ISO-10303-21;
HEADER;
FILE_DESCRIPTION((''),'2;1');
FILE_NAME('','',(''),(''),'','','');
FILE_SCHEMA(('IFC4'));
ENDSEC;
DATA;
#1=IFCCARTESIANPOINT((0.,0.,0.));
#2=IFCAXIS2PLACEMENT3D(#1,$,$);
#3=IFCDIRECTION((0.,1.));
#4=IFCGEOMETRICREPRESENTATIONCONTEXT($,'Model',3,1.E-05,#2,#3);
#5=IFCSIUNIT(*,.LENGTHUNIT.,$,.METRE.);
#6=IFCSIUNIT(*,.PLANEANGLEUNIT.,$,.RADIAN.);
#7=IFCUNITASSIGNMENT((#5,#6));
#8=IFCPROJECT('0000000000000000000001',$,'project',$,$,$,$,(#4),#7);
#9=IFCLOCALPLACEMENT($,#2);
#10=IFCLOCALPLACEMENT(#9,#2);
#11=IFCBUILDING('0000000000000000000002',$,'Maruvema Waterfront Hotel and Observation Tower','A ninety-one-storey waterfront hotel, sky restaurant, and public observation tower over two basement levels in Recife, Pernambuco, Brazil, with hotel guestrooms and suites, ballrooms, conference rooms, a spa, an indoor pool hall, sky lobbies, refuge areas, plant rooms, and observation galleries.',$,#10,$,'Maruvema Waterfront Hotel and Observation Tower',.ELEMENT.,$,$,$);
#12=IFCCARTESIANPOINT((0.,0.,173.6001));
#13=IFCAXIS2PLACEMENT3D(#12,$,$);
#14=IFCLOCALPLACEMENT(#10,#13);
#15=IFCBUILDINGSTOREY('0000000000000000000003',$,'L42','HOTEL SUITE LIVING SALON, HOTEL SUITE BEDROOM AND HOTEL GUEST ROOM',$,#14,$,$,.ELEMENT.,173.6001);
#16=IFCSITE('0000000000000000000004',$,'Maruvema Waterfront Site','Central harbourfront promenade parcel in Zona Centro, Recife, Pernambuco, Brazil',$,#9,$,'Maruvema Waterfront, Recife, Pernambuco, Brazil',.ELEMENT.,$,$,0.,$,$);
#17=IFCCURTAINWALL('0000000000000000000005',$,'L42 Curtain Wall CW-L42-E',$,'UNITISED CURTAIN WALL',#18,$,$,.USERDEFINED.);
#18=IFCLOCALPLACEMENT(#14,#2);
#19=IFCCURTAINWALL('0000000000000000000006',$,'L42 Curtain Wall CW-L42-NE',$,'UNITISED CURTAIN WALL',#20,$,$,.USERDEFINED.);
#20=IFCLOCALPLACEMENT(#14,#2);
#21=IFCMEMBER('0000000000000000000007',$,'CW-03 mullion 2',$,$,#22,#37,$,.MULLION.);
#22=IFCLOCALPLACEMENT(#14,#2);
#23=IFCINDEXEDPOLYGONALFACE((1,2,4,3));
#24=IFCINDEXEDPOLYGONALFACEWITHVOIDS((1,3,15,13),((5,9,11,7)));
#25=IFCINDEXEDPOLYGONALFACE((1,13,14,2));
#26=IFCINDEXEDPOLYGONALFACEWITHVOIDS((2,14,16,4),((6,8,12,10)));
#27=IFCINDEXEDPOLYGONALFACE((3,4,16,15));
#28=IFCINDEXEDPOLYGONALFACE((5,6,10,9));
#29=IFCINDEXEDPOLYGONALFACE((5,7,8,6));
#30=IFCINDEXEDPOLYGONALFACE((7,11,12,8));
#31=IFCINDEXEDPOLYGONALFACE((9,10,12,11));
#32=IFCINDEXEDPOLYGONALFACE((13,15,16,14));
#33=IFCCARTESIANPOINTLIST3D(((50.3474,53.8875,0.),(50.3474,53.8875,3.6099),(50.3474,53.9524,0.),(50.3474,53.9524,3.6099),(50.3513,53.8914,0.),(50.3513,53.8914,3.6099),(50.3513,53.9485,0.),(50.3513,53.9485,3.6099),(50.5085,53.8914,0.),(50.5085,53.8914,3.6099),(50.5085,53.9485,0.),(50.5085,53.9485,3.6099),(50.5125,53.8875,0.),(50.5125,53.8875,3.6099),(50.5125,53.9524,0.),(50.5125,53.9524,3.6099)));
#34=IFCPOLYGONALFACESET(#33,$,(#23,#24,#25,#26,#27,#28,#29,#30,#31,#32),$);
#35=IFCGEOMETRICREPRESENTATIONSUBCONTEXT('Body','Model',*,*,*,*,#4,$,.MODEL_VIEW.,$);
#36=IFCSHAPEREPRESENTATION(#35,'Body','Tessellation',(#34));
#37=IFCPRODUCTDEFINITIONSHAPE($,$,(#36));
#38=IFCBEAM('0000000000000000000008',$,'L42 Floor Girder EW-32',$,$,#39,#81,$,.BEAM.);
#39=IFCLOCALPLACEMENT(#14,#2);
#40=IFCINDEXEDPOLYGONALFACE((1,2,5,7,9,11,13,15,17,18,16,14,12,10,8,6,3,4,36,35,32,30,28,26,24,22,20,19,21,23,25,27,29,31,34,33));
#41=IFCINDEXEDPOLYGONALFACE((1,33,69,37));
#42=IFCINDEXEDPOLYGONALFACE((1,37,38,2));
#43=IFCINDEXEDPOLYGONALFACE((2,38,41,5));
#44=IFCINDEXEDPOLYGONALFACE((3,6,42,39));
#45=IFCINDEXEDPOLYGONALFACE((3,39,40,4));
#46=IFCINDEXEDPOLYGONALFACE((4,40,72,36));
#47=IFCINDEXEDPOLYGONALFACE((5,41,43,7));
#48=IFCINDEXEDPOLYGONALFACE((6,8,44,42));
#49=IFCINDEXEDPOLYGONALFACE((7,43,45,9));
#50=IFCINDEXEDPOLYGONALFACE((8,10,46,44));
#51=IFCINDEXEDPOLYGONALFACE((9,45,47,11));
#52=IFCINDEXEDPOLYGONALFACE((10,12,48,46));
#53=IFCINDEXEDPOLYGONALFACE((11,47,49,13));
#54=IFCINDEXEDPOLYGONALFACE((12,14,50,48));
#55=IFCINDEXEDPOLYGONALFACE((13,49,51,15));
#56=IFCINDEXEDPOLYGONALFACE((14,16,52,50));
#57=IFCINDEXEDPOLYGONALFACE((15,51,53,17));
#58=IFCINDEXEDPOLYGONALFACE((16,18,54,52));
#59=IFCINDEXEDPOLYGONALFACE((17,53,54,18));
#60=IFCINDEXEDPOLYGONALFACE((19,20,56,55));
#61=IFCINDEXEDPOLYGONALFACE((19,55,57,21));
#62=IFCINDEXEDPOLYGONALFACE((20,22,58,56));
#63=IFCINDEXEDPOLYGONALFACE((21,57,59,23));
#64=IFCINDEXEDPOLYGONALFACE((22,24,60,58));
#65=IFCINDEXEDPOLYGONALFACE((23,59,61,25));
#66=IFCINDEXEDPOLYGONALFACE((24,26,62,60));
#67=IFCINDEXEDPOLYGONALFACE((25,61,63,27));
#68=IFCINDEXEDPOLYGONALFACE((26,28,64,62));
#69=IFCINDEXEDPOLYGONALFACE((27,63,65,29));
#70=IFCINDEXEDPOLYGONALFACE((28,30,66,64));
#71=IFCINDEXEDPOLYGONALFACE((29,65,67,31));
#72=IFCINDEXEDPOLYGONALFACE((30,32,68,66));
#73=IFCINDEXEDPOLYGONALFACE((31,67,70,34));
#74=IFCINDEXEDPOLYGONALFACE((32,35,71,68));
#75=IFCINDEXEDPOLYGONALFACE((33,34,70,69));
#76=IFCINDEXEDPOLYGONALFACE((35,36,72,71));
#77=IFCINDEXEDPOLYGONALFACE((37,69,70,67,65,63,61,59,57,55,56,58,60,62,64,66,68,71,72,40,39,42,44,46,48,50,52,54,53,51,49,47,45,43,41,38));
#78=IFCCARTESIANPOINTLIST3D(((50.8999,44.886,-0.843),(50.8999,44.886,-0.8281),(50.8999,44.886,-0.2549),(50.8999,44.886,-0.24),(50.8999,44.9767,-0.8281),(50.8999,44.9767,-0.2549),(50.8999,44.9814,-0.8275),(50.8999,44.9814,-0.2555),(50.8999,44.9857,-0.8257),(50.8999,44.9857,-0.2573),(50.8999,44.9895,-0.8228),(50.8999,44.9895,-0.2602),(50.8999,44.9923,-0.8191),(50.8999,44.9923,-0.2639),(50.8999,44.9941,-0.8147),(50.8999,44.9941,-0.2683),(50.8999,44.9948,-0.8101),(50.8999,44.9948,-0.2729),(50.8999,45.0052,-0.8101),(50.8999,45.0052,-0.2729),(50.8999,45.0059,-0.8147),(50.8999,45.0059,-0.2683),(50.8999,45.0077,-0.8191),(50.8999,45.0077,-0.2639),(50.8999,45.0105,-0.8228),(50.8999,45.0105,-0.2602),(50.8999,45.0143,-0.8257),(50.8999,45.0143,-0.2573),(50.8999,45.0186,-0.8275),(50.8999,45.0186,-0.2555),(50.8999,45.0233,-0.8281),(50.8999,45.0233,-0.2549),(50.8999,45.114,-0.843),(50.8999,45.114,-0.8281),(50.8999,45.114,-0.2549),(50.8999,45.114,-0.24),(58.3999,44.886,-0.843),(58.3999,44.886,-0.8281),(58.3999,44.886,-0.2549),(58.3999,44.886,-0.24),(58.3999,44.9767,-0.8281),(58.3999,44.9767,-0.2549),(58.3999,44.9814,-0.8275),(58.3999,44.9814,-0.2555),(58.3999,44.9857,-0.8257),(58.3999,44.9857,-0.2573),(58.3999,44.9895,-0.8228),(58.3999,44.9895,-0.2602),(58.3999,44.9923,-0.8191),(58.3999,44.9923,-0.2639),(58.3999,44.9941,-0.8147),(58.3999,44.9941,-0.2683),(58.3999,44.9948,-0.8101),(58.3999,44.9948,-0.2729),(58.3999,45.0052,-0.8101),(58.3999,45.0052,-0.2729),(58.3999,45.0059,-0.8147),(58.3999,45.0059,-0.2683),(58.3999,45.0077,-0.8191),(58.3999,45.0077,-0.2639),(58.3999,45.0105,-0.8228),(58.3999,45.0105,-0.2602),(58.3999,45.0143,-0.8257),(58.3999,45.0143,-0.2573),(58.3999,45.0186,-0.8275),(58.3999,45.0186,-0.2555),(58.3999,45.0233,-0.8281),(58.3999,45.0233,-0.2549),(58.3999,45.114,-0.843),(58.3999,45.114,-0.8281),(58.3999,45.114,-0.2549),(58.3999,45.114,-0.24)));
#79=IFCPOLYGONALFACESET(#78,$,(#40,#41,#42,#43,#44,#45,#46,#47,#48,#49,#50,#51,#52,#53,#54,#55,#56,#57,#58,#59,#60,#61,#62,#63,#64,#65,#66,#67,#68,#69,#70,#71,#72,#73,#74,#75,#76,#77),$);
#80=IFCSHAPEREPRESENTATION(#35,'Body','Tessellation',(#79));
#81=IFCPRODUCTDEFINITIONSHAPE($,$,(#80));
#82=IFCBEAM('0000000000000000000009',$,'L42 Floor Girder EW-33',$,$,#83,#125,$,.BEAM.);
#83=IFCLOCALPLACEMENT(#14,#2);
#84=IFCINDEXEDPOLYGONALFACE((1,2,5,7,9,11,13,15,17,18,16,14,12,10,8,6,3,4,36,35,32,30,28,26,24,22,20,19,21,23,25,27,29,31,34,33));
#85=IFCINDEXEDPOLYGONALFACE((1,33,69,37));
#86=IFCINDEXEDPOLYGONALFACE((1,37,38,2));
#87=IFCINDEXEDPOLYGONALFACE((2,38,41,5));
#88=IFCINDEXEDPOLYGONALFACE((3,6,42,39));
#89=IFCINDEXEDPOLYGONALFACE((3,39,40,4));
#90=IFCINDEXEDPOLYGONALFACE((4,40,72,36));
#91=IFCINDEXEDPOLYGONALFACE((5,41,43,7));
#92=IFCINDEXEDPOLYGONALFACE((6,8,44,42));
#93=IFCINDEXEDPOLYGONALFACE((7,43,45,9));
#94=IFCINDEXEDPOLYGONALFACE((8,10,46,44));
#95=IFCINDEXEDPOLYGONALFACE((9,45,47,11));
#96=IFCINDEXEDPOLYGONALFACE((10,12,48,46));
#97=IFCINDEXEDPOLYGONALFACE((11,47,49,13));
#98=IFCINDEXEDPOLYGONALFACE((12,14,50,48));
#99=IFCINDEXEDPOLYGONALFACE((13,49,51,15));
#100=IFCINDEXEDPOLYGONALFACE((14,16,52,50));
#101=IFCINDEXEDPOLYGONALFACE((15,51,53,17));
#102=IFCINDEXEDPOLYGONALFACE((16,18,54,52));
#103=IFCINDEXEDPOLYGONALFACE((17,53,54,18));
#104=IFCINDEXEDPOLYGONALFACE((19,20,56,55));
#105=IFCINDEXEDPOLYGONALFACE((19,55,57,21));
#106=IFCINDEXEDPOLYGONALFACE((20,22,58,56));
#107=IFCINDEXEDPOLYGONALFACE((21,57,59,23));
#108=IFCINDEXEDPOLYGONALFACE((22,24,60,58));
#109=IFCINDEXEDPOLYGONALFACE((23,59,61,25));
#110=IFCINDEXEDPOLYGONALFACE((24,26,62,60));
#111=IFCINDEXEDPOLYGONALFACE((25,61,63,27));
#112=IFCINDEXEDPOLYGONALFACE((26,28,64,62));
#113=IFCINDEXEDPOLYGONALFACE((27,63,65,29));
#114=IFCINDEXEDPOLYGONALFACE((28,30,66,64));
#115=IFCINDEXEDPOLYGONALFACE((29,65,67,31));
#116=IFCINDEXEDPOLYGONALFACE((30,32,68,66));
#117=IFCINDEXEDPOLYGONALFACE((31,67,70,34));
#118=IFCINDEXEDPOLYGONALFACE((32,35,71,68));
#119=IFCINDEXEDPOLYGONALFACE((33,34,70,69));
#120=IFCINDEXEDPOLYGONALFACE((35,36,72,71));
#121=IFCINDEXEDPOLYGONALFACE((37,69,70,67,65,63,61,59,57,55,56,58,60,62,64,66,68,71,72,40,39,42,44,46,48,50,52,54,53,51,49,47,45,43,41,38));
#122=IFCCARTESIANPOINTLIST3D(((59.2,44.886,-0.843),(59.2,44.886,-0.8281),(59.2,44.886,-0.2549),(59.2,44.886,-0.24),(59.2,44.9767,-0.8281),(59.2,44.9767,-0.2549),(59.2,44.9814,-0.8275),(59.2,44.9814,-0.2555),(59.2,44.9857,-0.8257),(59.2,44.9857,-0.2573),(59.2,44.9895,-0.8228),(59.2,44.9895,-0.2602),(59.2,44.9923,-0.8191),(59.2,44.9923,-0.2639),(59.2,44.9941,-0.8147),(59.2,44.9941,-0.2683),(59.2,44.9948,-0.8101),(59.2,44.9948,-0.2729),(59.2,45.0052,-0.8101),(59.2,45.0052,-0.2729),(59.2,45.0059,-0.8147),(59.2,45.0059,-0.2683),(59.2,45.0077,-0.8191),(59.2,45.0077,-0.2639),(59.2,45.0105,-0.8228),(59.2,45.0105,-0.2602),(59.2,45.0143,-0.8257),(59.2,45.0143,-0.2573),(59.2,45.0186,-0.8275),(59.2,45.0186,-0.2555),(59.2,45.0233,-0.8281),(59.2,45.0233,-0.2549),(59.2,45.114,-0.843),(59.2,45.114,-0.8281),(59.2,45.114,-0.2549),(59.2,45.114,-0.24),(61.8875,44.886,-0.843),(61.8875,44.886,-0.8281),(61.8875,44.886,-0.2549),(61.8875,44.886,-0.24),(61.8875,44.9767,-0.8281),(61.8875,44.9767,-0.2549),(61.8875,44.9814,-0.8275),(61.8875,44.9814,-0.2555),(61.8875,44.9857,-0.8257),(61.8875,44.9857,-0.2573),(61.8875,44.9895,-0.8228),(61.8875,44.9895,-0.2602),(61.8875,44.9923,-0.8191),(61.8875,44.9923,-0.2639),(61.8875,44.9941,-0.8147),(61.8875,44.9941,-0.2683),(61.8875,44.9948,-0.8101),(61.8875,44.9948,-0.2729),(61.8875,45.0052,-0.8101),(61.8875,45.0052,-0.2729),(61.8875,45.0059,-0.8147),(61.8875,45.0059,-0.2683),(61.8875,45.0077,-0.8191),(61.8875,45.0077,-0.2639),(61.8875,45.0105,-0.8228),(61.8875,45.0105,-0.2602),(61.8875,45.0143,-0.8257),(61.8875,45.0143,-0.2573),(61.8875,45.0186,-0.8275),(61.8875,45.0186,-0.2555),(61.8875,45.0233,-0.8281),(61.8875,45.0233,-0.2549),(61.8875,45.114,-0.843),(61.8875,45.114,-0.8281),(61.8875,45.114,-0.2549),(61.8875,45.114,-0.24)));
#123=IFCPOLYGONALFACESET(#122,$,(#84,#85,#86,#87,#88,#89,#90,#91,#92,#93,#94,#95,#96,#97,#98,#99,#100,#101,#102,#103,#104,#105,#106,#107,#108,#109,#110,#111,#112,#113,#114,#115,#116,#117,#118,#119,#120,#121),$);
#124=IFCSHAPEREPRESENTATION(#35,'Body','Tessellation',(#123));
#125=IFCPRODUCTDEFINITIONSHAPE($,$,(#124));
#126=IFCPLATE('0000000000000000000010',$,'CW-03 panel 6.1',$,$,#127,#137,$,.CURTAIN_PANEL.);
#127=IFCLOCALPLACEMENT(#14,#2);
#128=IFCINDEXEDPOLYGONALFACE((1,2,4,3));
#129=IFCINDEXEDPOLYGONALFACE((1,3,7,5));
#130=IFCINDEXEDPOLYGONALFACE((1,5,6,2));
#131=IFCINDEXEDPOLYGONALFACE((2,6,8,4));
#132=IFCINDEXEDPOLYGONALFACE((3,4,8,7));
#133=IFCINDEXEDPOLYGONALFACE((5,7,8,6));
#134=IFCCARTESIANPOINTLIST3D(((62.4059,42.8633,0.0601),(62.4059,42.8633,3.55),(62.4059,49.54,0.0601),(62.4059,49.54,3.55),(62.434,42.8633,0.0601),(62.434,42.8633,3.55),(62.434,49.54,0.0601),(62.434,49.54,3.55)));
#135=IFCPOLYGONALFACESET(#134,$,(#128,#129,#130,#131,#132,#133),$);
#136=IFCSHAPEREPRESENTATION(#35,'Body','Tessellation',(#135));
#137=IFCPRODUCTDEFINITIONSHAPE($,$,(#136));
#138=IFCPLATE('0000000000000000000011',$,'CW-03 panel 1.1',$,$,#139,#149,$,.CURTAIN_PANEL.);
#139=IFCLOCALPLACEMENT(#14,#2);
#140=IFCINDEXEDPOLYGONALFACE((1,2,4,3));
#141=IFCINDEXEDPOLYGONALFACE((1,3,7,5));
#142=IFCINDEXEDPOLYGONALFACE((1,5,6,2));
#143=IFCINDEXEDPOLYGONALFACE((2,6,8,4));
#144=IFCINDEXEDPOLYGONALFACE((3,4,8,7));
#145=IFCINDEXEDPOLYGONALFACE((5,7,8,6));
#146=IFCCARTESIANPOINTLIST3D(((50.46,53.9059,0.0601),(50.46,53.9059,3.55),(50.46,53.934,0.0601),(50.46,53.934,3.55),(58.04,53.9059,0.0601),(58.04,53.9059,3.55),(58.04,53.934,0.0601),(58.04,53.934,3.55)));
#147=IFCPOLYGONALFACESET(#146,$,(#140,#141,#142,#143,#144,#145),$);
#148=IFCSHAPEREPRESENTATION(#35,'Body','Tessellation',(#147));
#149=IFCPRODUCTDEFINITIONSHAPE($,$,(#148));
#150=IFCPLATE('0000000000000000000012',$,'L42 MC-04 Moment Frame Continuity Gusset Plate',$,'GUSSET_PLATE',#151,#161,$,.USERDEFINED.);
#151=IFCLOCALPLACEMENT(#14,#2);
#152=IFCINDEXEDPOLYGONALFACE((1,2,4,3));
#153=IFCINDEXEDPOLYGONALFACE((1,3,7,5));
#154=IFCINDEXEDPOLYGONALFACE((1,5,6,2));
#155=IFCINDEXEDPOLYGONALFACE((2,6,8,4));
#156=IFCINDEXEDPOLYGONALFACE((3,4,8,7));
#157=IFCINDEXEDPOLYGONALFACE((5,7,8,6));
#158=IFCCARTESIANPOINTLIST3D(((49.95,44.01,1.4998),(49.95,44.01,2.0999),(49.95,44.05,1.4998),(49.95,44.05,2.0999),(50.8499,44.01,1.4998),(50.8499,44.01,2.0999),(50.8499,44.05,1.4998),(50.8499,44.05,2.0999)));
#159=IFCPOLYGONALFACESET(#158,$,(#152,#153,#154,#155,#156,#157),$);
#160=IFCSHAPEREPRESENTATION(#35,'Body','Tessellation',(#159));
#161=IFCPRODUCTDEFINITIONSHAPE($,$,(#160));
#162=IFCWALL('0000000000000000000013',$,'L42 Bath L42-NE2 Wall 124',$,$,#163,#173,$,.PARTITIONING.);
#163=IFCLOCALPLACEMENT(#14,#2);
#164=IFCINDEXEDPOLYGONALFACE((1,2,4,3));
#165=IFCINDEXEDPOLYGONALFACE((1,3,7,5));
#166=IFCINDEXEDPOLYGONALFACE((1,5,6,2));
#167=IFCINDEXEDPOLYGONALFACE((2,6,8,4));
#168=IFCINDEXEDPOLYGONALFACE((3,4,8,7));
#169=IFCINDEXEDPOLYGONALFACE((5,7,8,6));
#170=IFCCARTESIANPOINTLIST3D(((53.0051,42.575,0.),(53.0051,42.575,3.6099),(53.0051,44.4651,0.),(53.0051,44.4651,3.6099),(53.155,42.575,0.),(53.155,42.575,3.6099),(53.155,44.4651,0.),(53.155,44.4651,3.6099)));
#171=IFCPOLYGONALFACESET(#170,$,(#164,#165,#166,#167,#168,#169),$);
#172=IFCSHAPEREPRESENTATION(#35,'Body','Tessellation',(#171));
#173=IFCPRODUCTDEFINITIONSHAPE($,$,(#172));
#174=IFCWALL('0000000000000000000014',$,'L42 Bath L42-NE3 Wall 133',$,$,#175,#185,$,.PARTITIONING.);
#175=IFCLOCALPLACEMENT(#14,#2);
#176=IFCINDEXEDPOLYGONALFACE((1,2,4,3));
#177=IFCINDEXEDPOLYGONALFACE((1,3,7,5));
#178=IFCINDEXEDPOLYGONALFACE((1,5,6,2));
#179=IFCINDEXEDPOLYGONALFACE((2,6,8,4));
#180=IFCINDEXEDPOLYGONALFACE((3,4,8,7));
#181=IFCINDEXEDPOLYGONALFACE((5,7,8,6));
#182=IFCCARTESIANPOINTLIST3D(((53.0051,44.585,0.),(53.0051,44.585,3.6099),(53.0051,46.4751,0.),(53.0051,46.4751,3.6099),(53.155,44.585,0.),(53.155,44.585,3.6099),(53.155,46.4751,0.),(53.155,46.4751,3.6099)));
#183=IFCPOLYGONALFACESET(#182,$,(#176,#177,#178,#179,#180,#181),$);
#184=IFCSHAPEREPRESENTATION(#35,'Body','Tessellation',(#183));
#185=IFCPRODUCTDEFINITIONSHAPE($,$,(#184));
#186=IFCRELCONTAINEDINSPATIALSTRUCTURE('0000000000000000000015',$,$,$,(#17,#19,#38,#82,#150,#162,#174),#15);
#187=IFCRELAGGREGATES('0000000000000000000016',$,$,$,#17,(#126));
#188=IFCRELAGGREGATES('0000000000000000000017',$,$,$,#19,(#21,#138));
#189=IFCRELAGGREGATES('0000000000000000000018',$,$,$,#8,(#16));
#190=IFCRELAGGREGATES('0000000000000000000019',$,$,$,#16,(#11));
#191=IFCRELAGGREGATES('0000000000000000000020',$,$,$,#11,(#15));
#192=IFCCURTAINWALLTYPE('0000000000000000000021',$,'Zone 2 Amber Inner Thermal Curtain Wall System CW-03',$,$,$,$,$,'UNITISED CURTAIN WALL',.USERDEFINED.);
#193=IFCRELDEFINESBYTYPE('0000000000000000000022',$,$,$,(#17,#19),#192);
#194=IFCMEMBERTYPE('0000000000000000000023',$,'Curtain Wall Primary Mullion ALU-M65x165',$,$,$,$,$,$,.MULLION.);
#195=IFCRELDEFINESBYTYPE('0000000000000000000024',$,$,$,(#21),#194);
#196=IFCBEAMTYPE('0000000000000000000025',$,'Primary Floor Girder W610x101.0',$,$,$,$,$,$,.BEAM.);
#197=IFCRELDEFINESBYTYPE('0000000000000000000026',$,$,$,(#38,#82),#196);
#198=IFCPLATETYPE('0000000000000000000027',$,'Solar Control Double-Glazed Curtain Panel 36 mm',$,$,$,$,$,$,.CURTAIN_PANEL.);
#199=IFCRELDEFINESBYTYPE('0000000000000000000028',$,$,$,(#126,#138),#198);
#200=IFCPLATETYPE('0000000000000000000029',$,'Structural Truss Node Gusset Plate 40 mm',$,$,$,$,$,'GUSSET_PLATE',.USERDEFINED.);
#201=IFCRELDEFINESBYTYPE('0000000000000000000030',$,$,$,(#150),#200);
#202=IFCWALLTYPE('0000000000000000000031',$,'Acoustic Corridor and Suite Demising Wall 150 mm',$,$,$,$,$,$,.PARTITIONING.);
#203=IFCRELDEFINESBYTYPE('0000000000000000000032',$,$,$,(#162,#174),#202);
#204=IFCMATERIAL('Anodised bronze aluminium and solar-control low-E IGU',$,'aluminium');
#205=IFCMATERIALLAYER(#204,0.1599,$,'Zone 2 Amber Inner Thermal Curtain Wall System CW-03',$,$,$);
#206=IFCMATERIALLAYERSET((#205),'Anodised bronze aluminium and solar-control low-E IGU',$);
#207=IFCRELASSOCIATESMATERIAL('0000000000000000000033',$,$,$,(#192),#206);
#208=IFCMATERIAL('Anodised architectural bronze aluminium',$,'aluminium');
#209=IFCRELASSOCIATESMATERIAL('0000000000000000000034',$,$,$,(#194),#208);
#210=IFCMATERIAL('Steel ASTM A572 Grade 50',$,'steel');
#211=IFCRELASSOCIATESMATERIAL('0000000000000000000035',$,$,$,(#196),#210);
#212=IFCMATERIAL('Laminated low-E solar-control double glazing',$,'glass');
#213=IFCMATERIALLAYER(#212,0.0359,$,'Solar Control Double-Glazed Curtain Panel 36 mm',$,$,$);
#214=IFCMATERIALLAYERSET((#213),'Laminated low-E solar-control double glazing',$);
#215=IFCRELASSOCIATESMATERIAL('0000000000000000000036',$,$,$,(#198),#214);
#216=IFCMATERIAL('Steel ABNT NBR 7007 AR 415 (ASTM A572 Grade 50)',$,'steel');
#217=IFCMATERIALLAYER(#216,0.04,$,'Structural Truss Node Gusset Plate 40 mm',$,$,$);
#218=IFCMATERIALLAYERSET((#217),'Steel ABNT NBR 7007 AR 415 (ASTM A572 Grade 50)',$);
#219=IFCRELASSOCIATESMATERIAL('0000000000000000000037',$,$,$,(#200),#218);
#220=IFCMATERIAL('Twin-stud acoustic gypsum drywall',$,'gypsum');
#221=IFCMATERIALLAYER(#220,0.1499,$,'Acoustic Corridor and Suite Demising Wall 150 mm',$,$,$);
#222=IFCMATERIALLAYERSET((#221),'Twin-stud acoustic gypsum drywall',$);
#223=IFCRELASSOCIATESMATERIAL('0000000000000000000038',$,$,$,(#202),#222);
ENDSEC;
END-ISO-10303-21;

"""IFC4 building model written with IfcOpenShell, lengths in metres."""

from ifc_helpers import new_model, si_unit, direction, frame, frame_2d, origin, origin_2d, place, context, subcontext, project, spatial, rectangle, hollow_rectangle, i_section, extrude, material, layer, layer_set, material_profile, profile_set, type_object, element, aggregate, save


model = new_model("IFC4")

# Units and contexts
model_context = context("Model", 3, precision=1e-05, world=origin(), true_north=direction((0.0, 1.0)))
body_context = subcontext(model_context, "Body", "Model", "MODEL_VIEW")
ifc_project = project(units=[si_unit("LENGTHUNIT", "METRE"), si_unit("PLANEANGLEUNIT", "RADIAN")], contexts=[model_context])

# Site, building, storey
site_placement = place(None, origin())
site = spatial("IfcSite", under=ifc_project, at=site_placement, Name="Maruvema Waterfront Site", Description="Central harbourfront promenade parcel in Zona Centro, Recife, Pernambuco, Brazil", LongName="Maruvema Waterfront, Recife, Pernambuco, Brazil", CompositionType="ELEMENT", RefElevation=0.0)
building_placement = place(site_placement, origin())
building = spatial("IfcBuilding", under=site, at=building_placement, Name="Maruvema Waterfront Hotel and Observation Tower", Description="A ninety-one-storey waterfront hotel, sky restaurant, and public observation tower over two basement levels in Recife, Pernambuco, Brazil, with hotel guestrooms and suites, ballrooms, conference rooms, a spa, an indoor pool hall, sky lobbies, refuge areas, plant rooms, and observation galleries.", LongName="Maruvema Waterfront Hotel and Observation Tower", CompositionType="ELEMENT")
storey_placement = place(building_placement, frame((0.0, 0.0, 173.6001)))
storey = spatial("IfcBuildingStorey", under=building, at=storey_placement, Name="L42", Description="HOTEL SUITE LIVING SALON, HOTEL SUITE BEDROOM AND HOTEL GUEST ROOM", CompositionType="ELEMENT", Elevation=173.6001)

# Curtain walls
ifc_material_1 = material(Name="Anodised bronze aluminium and solar-control low-E IGU", Category="aluminium")
ifc_layer_1 = layer(ifc_material_1, 0.1599, Name="Zone 2 Amber Inner Thermal Curtain Wall System CW-03")
ifc_layer_set_1 = layer_set([ifc_layer_1], Name="Anodised bronze aluminium and solar-control low-E IGU")
curtain_wall_type = type_object("IfcCurtainWallType", Name="Zone 2 Amber Inner Thermal Curtain Wall System CW-03", ElementType="UNITISED CURTAIN WALL", PredefinedType="USERDEFINED", material=ifc_layer_set_1)
curtain_wall_1_placement = place(storey_placement, origin())
curtain_wall_1 = element("IfcCurtainWall", 1, at=curtain_wall_1_placement, inside=storey, type_object=curtain_wall_type, Name="L42 Curtain Wall CW-L42-E", ObjectType="UNITISED CURTAIN WALL", PredefinedType="USERDEFINED")
curtain_wall_2_placement = place(storey_placement, origin())
curtain_wall_2 = element("IfcCurtainWall", 2, at=curtain_wall_2_placement, inside=storey, type_object=curtain_wall_type, Name="L42 Curtain Wall CW-L42-NE", ObjectType="UNITISED CURTAIN WALL", PredefinedType="USERDEFINED")

# Member
ifc_material_2 = material(Name="Anodised architectural bronze aluminium", Category="aluminium")
ifc_material_profile_1 = material_profile(ifc_material_2, hollow_rectangle(XDim=0.0649, YDim=0.165, WallThickness=0.0039, at=origin_2d()), Name="ALU-M65x165")
ifc_profile_set_1 = profile_set([ifc_material_profile_1], Name="Anodised architectural bronze aluminium")
member_type_1 = type_object("IfcMemberType", Name="Curtain Wall Primary Mullion ALU-M65x165", PredefinedType="MULLION", material=ifc_profile_set_1)
member_1_placement = place(storey_placement, frame((50.4299, 53.9199, 0.0), z_axis=(0.0, 0.0, 1.0), x_axis=(0.0, -1.0, 0.0)))
member_1 = element("IfcMember", 3, at=member_1_placement, type_object=member_type_1, Name="CW-03 mullion 2", PredefinedType="MULLION", context=body_context, shape_type="SweptSolid", body=[
    extrude(hollow_rectangle(XDim=0.0649, YDim=0.165, WallThickness=0.0039, at=origin_2d()), origin(), (0.0, 0.0, 1.0), 3.6099),
])

# Beams
ifc_material_3 = material(Name="Steel ASTM A572 Grade 50", Category="steel")
ifc_material_profile_2 = material_profile(ifc_material_3, i_section(OverallWidth=0.228, OverallDepth=0.603, WebThickness=0.0105, FlangeThickness=0.0149, FilletRadius=0.0181, at=origin_2d()), Name="W610x101.0")
ifc_profile_set_2 = profile_set([ifc_material_profile_2], Name="Steel ASTM A572 Grade 50")
beam_type = type_object("IfcBeamType", Name="Primary Floor Girder W610x101.0", PredefinedType="BEAM", material=ifc_profile_set_2)
beam_1_placement = place(storey_placement, frame((50.8999, 45.0, -0.5415), z_axis=(1.0, 0.0, 0.0), x_axis=(0.0, 1.0, 0.0)))
element("IfcBeam", 4, at=beam_1_placement, inside=storey, type_object=beam_type, Name="L42 Floor Girder EW-32", PredefinedType="BEAM", context=body_context, shape_type="SweptSolid", body=[
    extrude(i_section(OverallWidth=0.228, OverallDepth=0.603, WebThickness=0.0105, FlangeThickness=0.0149, FilletRadius=0.0181, at=origin_2d()), origin(), (0.0, 0.0, 1.0), 7.5),
])
beam_2_placement = place(storey_placement, frame((59.2, 45.0, -0.5415), z_axis=(1.0, 0.0, 0.0), x_axis=(0.0, 1.0, 0.0)))
element("IfcBeam", 5, at=beam_2_placement, inside=storey, type_object=beam_type, Name="L42 Floor Girder EW-33", PredefinedType="BEAM", context=body_context, shape_type="SweptSolid", body=[
    extrude(i_section(OverallWidth=0.228, OverallDepth=0.603, WebThickness=0.0105, FlangeThickness=0.0149, FilletRadius=0.0181, at=origin_2d()), origin(), (0.0, 0.0, 1.0), 2.6875),
])

# Plates
ifc_material_4 = material(Name="Laminated low-E solar-control double glazing", Category="glass")
ifc_layer_2 = layer(ifc_material_4, 0.0359, Name="Solar Control Double-Glazed Curtain Panel 36 mm")
ifc_layer_set_2 = layer_set([ifc_layer_2], Name="Laminated low-E solar-control double glazing")
plate_type_1 = type_object("IfcPlateType", Name="Solar Control Double-Glazed Curtain Panel 36 mm", PredefinedType="CURTAIN_PANEL", material=ifc_layer_set_2)
plate_1_placement = place(storey_placement, frame((62.4199, 46.2017, 0.0601), z_axis=(0.0, 0.0, 1.0), x_axis=(0.0, 1.0, 0.0)))
plate_1 = element("IfcPlate", 6, at=plate_1_placement, type_object=plate_type_1, Name="CW-03 panel 6.1", PredefinedType="CURTAIN_PANEL", context=body_context, shape_type="SweptSolid", body=[
    extrude(rectangle(XDim=6.6768, YDim=0.0281, at=origin_2d()), origin(), (0.0, 0.0, 1.0), 3.49),
])
aggregate(curtain_wall_1, [plate_1])
plate_2_placement = place(storey_placement, frame((54.25, 53.9199, 0.0601), z_axis=(0.0, 0.0, 1.0), x_axis=(-1.0, 0.0, 0.0)))
plate_2 = element("IfcPlate", 7, at=plate_2_placement, type_object=plate_type_1, Name="CW-03 panel 1.1", PredefinedType="CURTAIN_PANEL", context=body_context, shape_type="SweptSolid", body=[
    extrude(rectangle(XDim=7.5801, YDim=0.0281, at=origin_2d()), origin(), (0.0, 0.0, 1.0), 3.49),
])
aggregate(curtain_wall_2, [member_1, plate_2])
ifc_material_5 = material(Name="Steel ABNT NBR 7007 AR 415 (ASTM A572 Grade 50)", Category="steel")
ifc_layer_3 = layer(ifc_material_5, 0.04, Name="Structural Truss Node Gusset Plate 40 mm")
ifc_layer_set_3 = layer_set([ifc_layer_3], Name="Steel ABNT NBR 7007 AR 415 (ASTM A572 Grade 50)")
plate_type_2 = type_object("IfcPlateType", Name="Structural Truss Node Gusset Plate 40 mm", ElementType="GUSSET_PLATE", PredefinedType="USERDEFINED", material=ifc_layer_set_3)
plate_3_placement = place(storey_placement, frame((50.3999, 44.03, 1.4998), z_axis=(0.0, 0.0, 1.0), x_axis=(1.0, 0.0, 0.0)))
element("IfcPlate", 8, at=plate_3_placement, inside=storey, type_object=plate_type_2, Name="L42 MC-04 Moment Frame Continuity Gusset Plate", ObjectType="GUSSET_PLATE", PredefinedType="USERDEFINED", context=body_context, shape_type="SweptSolid", body=[
    extrude(rectangle(XDim=0.8999, YDim=0.04, at=origin_2d()), origin(), (0.0, 0.0, 1.0), 0.6001),
])

# Walls
ifc_material_6 = material(Name="Twin-stud acoustic gypsum drywall", Category="gypsum")
ifc_layer_4 = layer(ifc_material_6, 0.1499, Name="Acoustic Corridor and Suite Demising Wall 150 mm")
ifc_layer_set_4 = layer_set([ifc_layer_4], Name="Twin-stud acoustic gypsum drywall")
wall_type_1 = type_object("IfcWallType", Name="Acoustic Corridor and Suite Demising Wall 150 mm", PredefinedType="PARTITIONING", material=ifc_layer_set_4)
for number, where, z_axis, x_axis, name in (
    (9, (53.0801, 42.575, 0.0), (0.0, 0.0, 1.0), (0.0, 1.0, 0.0), "L42 Bath L42-NE2 Wall 124"),
    (10, (53.0801, 44.585, 0.0), (0.0, 0.0, 1.0), (0.0, 1.0, 0.0), "L42 Bath L42-NE3 Wall 133"),
):
    element("IfcWall", number, at=place(storey_placement, frame(where, z_axis=z_axis, x_axis=x_axis)), inside=storey, type_object=wall_type_1, Name=name, PredefinedType="PARTITIONING", context=body_context, shape_type="SweptSolid", body=[
        extrude(rectangle(XDim=1.8901, YDim=0.1499, at=frame_2d((0.9451, 0.0))), origin(), (0.0, 0.0, 1.0), 3.6099),
    ])

save(model, "model.ifc")
